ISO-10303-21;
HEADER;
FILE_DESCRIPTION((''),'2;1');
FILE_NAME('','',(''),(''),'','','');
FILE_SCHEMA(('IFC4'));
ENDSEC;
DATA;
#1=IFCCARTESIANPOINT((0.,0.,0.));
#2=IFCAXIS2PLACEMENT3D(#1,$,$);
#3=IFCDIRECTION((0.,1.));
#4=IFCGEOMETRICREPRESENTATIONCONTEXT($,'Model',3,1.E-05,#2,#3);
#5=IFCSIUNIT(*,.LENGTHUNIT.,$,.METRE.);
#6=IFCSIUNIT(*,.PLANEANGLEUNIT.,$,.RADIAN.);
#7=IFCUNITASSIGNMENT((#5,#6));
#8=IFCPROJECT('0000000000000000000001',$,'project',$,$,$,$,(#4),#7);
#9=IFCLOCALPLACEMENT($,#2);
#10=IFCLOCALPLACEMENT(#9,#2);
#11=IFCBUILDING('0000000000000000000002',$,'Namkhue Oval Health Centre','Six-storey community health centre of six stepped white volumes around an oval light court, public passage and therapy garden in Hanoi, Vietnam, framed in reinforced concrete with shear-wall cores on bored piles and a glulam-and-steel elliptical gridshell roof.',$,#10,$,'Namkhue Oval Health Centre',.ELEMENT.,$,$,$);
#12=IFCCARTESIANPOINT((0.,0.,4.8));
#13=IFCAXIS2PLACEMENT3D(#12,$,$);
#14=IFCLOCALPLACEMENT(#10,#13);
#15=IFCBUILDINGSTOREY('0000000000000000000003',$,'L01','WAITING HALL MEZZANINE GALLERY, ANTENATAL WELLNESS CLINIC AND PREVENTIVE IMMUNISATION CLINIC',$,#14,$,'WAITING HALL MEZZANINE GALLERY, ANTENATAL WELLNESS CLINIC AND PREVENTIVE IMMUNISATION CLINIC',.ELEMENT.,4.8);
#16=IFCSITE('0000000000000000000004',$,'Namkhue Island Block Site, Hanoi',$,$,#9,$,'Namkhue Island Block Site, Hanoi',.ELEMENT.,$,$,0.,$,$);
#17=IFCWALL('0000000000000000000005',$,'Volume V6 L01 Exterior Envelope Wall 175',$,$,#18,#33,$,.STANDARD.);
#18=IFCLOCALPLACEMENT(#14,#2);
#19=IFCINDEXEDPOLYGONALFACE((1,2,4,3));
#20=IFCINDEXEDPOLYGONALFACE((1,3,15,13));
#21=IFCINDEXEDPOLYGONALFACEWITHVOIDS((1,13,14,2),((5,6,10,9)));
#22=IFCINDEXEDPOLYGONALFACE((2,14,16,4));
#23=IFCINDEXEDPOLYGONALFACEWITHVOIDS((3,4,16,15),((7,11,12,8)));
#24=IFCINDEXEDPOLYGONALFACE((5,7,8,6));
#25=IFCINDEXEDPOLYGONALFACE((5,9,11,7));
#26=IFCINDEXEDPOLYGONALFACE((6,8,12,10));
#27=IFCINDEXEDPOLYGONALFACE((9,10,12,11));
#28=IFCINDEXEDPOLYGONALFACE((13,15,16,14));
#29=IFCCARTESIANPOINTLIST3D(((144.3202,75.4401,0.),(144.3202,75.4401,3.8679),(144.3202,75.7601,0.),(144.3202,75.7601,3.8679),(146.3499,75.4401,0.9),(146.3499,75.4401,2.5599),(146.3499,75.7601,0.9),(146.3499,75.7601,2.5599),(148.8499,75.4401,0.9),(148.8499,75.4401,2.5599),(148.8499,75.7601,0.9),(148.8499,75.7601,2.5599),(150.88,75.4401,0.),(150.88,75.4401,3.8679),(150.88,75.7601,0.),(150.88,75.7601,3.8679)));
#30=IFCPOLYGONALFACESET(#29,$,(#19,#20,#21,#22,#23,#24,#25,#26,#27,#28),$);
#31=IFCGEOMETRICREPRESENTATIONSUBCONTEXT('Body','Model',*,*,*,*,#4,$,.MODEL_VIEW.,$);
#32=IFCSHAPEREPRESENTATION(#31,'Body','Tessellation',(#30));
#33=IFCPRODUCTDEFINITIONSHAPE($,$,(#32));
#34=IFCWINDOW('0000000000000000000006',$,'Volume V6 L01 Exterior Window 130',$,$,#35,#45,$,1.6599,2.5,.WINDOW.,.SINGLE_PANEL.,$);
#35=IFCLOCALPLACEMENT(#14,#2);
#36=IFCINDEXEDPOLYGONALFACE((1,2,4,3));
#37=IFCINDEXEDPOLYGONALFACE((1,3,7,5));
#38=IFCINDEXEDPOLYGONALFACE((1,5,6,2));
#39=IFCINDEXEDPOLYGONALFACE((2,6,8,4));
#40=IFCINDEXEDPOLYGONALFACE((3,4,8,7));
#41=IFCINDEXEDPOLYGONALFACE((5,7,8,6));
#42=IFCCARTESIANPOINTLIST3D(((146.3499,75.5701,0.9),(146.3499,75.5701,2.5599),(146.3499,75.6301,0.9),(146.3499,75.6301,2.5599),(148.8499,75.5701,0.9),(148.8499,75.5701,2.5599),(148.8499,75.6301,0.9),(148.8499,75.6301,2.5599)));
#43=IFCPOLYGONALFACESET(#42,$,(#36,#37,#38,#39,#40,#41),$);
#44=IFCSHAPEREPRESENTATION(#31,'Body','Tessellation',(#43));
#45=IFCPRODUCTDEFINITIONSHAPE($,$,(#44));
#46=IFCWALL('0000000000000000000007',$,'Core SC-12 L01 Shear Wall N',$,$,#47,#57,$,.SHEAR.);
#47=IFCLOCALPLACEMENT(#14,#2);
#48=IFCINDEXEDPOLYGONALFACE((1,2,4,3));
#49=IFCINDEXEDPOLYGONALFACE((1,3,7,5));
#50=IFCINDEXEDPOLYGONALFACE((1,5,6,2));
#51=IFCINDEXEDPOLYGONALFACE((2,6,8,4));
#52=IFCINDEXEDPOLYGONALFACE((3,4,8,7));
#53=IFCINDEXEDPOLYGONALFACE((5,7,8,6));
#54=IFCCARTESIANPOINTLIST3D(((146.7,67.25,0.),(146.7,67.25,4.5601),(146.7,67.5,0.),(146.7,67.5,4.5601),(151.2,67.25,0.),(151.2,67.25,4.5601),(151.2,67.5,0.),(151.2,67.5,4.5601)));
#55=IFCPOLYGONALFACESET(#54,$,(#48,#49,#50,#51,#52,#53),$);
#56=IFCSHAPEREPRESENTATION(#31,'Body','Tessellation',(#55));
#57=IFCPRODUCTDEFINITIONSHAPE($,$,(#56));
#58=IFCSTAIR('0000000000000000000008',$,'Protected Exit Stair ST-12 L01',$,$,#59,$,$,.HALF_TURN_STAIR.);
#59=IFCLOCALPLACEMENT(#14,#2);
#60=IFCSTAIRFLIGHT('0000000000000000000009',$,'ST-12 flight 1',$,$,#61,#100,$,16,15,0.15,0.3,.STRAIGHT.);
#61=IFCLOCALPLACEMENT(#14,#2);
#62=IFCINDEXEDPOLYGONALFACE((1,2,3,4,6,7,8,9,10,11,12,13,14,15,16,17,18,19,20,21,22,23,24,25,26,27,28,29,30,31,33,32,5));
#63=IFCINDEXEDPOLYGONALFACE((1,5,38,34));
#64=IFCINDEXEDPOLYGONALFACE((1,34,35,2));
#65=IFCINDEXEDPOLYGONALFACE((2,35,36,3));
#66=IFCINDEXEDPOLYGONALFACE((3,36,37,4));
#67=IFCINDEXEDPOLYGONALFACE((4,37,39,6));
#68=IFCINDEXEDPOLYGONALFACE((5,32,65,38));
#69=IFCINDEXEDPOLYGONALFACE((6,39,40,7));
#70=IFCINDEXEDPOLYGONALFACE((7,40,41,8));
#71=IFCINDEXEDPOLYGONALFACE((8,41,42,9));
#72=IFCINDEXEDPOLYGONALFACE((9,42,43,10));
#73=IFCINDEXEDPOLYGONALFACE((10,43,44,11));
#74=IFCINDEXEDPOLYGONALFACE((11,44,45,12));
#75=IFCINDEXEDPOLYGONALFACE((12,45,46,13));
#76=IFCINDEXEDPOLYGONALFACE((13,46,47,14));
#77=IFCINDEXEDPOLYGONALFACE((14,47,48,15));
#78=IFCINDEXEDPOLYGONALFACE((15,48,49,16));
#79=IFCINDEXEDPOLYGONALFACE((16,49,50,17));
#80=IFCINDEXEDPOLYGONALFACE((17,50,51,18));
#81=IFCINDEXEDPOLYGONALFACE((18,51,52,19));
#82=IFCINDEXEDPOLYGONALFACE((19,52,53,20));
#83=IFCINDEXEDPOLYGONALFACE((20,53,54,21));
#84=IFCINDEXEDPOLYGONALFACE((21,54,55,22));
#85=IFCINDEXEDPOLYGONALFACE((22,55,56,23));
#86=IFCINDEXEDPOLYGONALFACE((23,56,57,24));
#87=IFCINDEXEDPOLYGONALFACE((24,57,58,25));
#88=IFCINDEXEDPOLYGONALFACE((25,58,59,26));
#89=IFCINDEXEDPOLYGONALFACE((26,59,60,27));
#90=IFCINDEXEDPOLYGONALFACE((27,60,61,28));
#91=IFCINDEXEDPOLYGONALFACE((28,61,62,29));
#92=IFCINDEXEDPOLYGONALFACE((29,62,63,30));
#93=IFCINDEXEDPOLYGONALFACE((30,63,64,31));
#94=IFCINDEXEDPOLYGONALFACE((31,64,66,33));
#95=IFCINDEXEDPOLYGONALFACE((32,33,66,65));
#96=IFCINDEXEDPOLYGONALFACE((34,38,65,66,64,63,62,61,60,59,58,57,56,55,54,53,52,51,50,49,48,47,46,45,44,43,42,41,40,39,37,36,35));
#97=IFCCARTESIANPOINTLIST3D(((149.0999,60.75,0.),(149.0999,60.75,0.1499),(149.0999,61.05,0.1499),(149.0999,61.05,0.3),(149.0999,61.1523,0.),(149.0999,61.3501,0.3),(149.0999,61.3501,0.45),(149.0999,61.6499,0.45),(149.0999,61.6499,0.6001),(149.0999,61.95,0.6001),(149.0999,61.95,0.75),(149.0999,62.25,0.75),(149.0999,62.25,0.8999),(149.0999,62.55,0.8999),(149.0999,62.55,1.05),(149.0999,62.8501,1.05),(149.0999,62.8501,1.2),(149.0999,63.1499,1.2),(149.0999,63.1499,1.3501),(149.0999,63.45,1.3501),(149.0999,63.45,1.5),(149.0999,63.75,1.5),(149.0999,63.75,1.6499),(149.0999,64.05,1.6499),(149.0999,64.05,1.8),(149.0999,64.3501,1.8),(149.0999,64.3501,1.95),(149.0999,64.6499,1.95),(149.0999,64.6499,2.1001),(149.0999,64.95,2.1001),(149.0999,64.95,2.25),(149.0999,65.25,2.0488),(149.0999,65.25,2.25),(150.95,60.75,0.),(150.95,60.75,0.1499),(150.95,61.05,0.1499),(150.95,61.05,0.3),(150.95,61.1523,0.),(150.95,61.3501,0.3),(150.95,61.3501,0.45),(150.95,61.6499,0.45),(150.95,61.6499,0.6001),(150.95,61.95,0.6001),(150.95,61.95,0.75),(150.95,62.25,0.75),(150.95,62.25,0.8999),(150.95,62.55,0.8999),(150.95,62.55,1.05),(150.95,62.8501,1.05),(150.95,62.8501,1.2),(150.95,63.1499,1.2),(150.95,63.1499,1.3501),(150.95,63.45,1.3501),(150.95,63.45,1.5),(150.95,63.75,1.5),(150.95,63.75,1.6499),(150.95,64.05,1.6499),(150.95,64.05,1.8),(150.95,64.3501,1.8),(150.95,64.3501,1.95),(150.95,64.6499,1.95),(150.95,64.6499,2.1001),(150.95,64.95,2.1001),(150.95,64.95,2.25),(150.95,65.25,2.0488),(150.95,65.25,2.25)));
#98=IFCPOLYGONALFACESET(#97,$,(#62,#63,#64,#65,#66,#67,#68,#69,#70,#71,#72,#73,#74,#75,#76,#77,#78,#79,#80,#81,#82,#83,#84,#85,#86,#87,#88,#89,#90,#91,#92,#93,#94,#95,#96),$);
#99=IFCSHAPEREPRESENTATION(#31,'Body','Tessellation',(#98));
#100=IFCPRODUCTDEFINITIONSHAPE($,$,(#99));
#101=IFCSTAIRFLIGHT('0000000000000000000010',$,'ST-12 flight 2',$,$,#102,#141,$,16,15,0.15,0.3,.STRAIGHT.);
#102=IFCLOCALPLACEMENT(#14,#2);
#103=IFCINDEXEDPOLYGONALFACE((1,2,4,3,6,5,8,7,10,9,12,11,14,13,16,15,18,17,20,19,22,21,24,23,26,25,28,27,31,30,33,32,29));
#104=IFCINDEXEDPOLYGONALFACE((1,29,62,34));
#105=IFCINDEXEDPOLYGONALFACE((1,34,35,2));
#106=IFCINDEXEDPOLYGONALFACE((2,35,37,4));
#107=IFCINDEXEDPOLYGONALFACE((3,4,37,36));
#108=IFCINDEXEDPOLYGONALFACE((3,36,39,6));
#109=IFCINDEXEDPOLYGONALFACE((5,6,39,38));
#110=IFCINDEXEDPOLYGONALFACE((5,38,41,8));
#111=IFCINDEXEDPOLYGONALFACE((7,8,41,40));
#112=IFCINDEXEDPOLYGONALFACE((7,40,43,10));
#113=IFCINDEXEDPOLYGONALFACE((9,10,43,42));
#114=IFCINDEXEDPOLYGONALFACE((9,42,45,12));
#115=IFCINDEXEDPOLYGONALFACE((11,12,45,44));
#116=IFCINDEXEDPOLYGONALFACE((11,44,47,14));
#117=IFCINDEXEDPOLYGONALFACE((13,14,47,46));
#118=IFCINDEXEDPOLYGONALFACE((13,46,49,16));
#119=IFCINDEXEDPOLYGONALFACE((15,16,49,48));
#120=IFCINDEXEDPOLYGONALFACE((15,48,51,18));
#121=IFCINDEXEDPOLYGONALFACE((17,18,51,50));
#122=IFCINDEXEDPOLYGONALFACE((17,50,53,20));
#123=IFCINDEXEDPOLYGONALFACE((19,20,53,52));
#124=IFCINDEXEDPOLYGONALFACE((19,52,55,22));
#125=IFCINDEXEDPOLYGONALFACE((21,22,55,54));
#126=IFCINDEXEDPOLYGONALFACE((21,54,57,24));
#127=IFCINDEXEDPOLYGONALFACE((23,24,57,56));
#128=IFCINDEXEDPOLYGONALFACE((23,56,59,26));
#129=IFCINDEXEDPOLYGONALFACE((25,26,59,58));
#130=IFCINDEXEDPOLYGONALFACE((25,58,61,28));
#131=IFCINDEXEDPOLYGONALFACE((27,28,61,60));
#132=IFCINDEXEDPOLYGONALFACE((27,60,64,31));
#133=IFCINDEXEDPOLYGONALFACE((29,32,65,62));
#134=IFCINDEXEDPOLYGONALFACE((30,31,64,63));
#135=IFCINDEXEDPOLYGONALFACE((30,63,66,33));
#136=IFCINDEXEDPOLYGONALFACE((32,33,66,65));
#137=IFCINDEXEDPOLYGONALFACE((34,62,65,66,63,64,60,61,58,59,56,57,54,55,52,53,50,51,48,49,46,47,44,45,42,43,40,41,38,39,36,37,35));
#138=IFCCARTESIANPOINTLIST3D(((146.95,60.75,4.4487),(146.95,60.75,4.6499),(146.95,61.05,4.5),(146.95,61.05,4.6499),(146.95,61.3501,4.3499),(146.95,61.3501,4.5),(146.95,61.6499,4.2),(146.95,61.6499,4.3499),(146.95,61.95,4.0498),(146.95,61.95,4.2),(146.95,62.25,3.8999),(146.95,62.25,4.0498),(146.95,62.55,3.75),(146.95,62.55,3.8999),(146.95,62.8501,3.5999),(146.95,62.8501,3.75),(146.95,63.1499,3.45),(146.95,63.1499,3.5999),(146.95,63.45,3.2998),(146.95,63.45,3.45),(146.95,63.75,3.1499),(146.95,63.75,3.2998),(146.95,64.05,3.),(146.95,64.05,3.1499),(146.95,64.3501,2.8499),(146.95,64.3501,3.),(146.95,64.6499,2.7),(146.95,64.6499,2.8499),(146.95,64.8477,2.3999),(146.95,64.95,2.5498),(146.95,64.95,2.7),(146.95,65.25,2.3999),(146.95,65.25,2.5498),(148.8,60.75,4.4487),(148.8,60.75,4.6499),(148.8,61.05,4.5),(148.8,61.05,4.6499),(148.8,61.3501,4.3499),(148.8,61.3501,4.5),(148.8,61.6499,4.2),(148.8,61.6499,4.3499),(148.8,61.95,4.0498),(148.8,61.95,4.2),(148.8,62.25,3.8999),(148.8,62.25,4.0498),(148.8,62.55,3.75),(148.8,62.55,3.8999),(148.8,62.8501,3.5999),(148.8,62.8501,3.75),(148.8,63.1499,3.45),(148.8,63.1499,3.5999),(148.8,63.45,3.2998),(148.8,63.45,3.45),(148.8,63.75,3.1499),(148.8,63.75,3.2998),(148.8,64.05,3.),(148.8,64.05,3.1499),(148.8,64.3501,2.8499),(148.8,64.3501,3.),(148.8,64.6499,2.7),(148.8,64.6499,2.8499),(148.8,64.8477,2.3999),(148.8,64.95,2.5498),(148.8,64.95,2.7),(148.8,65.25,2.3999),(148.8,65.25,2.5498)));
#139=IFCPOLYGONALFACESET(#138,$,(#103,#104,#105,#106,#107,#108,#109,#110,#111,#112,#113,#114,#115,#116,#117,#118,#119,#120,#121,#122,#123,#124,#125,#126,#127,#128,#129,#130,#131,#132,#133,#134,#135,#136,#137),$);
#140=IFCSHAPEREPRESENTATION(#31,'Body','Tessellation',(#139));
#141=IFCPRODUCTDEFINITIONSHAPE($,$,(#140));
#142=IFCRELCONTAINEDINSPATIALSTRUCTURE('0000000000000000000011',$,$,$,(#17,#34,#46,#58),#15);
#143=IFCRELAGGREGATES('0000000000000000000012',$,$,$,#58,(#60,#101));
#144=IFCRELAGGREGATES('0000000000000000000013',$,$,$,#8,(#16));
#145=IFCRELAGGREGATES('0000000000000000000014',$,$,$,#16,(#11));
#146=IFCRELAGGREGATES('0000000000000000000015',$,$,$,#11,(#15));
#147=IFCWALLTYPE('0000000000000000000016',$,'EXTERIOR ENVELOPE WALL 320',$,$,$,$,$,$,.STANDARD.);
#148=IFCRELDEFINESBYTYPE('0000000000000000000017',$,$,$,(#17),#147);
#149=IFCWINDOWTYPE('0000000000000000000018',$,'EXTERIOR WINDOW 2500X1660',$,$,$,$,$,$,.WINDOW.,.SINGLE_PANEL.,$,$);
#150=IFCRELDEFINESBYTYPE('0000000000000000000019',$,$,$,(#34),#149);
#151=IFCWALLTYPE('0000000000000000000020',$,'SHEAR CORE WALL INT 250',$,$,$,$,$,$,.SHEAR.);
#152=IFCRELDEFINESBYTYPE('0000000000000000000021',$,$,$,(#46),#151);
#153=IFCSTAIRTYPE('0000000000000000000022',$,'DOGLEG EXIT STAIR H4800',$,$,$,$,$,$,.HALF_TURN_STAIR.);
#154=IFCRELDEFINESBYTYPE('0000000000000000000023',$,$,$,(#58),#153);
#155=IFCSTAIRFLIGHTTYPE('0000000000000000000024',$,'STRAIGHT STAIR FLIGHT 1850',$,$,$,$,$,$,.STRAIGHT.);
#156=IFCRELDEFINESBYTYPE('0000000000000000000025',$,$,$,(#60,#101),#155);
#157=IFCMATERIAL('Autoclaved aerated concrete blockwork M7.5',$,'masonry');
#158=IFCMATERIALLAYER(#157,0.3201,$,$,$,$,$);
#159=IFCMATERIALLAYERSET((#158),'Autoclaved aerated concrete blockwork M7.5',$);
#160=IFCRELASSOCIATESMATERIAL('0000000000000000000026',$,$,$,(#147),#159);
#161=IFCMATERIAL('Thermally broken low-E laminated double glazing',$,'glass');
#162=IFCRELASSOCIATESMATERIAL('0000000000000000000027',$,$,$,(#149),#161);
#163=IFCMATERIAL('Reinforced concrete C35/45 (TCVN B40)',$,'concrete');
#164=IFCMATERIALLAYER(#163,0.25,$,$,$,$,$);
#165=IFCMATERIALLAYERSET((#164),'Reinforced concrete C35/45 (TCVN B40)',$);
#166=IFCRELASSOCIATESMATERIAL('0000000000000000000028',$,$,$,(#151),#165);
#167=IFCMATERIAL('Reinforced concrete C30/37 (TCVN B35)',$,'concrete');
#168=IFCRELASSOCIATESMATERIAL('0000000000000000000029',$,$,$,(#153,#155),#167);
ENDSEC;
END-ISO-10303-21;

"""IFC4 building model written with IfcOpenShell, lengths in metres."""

from ifc_helpers import new_model, si_unit, direction, frame, frame_2d, origin, place, context, subcontext, project, spatial, polyline, rectangle, outline, extrude, material, layer, layer_set, type_object, element, fill, aggregate, save


model = new_model("IFC4")

# Units and contexts
model_context = context("Model", 3, precision=1e-05, world=origin(), true_north=direction((0.0, 1.0)))
body_context = subcontext(model_context, "Body", "Model", "MODEL_VIEW")
ifc_project = project(units=[si_unit("LENGTHUNIT", "METRE"), si_unit("PLANEANGLEUNIT", "RADIAN")], contexts=[model_context])

# Site, building, storey
site_placement = place(None, origin())
site = spatial("IfcSite", under=ifc_project, at=site_placement, Name="Namkhue Island Block Site, Hanoi", LongName="Namkhue Island Block Site, Hanoi", CompositionType="ELEMENT", RefElevation=0.0)
building_placement = place(site_placement, origin())
building = spatial("IfcBuilding", under=site, at=building_placement, Name="Namkhue Oval Health Centre", Description="Six-storey community health centre of six stepped white volumes around an oval light court, public passage and therapy garden in Hanoi, Vietnam, framed in reinforced concrete with shear-wall cores on bored piles and a glulam-and-steel elliptical gridshell roof.", LongName="Namkhue Oval Health Centre", CompositionType="ELEMENT")
storey_placement = place(building_placement, frame((0.0, 0.0, 4.8)))
storey = spatial("IfcBuildingStorey", under=building, at=storey_placement, Name="L01", Description="WAITING HALL MEZZANINE GALLERY, ANTENATAL WELLNESS CLINIC AND PREVENTIVE IMMUNISATION CLINIC", LongName="WAITING HALL MEZZANINE GALLERY, ANTENATAL WELLNESS CLINIC AND PREVENTIVE IMMUNISATION CLINIC", CompositionType="ELEMENT", Elevation=4.8)

# Shared definitions
ifc_material_1 = material(Name="Reinforced concrete C35/45 (TCVN B40)", Category="concrete")

# Wall, opening, window
ifc_material_2 = material(Name="Autoclaved aerated concrete blockwork M7.5", Category="masonry")
ifc_material_3 = material(Name="Thermally broken low-E laminated double glazing", Category="glass")
ifc_layer_1 = layer(ifc_material_2, 0.3201)
ifc_layer_set_1 = layer_set([ifc_layer_1], Name="Autoclaved aerated concrete blockwork M7.5")
wall_type_1 = type_object("IfcWallType", Name="EXTERIOR ENVELOPE WALL 320", PredefinedType="STANDARD", material=ifc_layer_set_1)
wall_1_placement = place(storey_placement, frame((150.8799, 75.6001, 0.0), z_axis=(0.0, 0.0, 1.0), x_axis=(-1.0, 0.0, 0.0)))
wall_1 = element("IfcWall", 1, at=wall_1_placement, inside=storey, type_object=wall_type_1, Name="Volume V6 L01 Exterior Envelope Wall 175", PredefinedType="STANDARD", context=body_context, shape_type="SweptSolid", body=[
    extrude(rectangle(XDim=6.5598, YDim=0.3201, at=frame_2d((3.2798, 0.0))), origin(), (0.0, 0.0, 1.0), 3.8679),
])
opening_1_placement = place(wall_1_placement, frame((2.03, 0.0, 0.8999)))
opening_1 = element("IfcOpeningElement", 2, at=opening_1_placement, cuts=wall_1, PredefinedType="OPENING", context=body_context, shape_type="SweptSolid", body=[
    extrude(rectangle(XDim=2.5, YDim=1.6599, at=frame_2d((1.25, 0.8301))), frame((0.0, 0.1699, 0.0), z_axis=(0.0, -1.0, 0.0), x_axis=(1.0, 0.0, 0.0)), (0.0, 0.0, 1.0), 0.3401),
])
window_type_1 = type_object("IfcWindowType", Name="EXTERIOR WINDOW 2500X1660", PartitioningType="SINGLE_PANEL", PredefinedType="WINDOW", material=ifc_material_3)
window_1_placement = place(opening_1_placement, origin())
window_1 = element("IfcWindow", 3, at=window_1_placement, inside=storey, type_object=window_type_1, Name="Volume V6 L01 Exterior Window 130", OverallHeight=1.6599, OverallWidth=2.5, PartitioningType="SINGLE_PANEL", PredefinedType="WINDOW", context=body_context, shape_type="SweptSolid", body=[
    extrude(rectangle(XDim=2.5, YDim=1.6599, at=frame_2d((1.25, 0.8301))), frame((0.0, 0.03, 0.0), z_axis=(0.0, -1.0, 0.0), x_axis=(1.0, 0.0, 0.0)), (0.0, 0.0, 1.0), 0.0601),
])
fill(opening_1, window_1)

# Wall
ifc_layer_2 = layer(ifc_material_1, 0.25)
ifc_layer_set_2 = layer_set([ifc_layer_2], Name="Reinforced concrete C35/45 (TCVN B40)")
wall_type_2 = type_object("IfcWallType", Name="SHEAR CORE WALL INT 250", PredefinedType="SHEAR", material=ifc_layer_set_2)
wall_2_placement = place(storey_placement, frame((151.2, 67.375, 0.0), z_axis=(0.0, 0.0, 1.0), x_axis=(-1.0, 0.0, 0.0)))
element("IfcWall", 4, at=wall_2_placement, inside=storey, type_object=wall_type_2, Name="Core SC-12 L01 Shear Wall N", PredefinedType="SHEAR", context=body_context, shape_type="SweptSolid", body=[
    extrude(rectangle(XDim=4.5, YDim=0.25, at=frame_2d((2.25, 0.0))), origin(), (0.0, 0.0, 1.0), 4.5601),
])

# Stair, stair flights
ifc_material_4 = material(Name="Reinforced concrete C30/37 (TCVN B35)", Category="concrete")
stair_type = type_object("IfcStairType", Name="DOGLEG EXIT STAIR H4800", PredefinedType="HALF_TURN_STAIR", material=ifc_material_4)
stair_placement = place(storey_placement, origin())
stair = element("IfcStair", 5, at=stair_placement, inside=storey, type_object=stair_type, Name="Protected Exit Stair ST-12 L01", PredefinedType="HALF_TURN_STAIR")
stair_flight_type = type_object("IfcStairFlightType", Name="STRAIGHT STAIR FLIGHT 1850", PredefinedType="STRAIGHT", material=ifc_material_4)
stair_flight_1_placement = place(storey_placement, frame((150.0249, 60.75, 0.0), z_axis=(0.0, 0.0, 1.0), x_axis=(0.0, 1.0, 0.0)))
stair_flight_1 = element("IfcStairFlight", 6, at=stair_flight_1_placement, type_object=stair_flight_type, Name="ST-12 flight 1", NumberOfRisers=16, NumberOfTreads=15, PredefinedType="STRAIGHT", RiserHeight=0.15, TreadLength=0.3, context=body_context, shape_type="SweptSolid", body=[
    extrude(outline(polyline([(0.0, 0.0), (0.0, 0.1499), (0.3, 0.1499), (0.3, 0.3), (0.6001, 0.3), (0.6001, 0.45), (0.8999, 0.45), (0.8999, 0.6001), (1.2, 0.6001), (1.2, 0.75), (1.5, 0.75), (1.5, 0.8999), (1.8, 0.8999), (1.8, 1.05), (2.1001, 1.05), (2.1001, 1.2), (2.3999, 1.2), (2.3999, 1.3501), (2.7, 1.3501), (2.7, 1.5), (3.0, 1.5), (3.0, 1.6499), (3.3, 1.6499), (3.3, 1.8), (3.6001, 1.8), (3.6001, 1.95), (3.8999, 1.95), (3.8999, 2.1001), (4.2, 2.1001), (4.2, 2.25), (4.5, 2.25), (4.5, 2.3999), (4.5, 2.0488), (0.4023, 0.0), (0.0, 0.0)])), frame((0.0, 0.925, 0.0), z_axis=(0.0, -1.0, 0.0), x_axis=(1.0, 0.0, 0.0)), (0.0, 0.0, 1.0), 1.8501),
])
stair_flight_2_placement = place(storey_placement, frame((147.875, 65.25, 2.3999), z_axis=(0.0, 0.0, 1.0), x_axis=(0.0, -1.0, 0.0)))
stair_flight_2 = element("IfcStairFlight", 7, at=stair_flight_2_placement, type_object=stair_flight_type, Name="ST-12 flight 2", NumberOfRisers=16, NumberOfTreads=15, PredefinedType="STRAIGHT", RiserHeight=0.15, TreadLength=0.3, context=body_context, shape_type="SweptSolid", body=[
    extrude(outline(polyline([(0.0, 0.0), (0.0, 0.1499), (0.3, 0.1499), (0.3, 0.3), (0.6001, 0.3), (0.6001, 0.45), (0.8999, 0.45), (0.8999, 0.6001), (1.2, 0.6001), (1.2, 0.75), (1.5, 0.75), (1.5, 0.8999), (1.8, 0.8999), (1.8, 1.05), (2.1001, 1.05), (2.1001, 1.2), (2.3999, 1.2), (2.3999, 1.3501), (2.7, 1.3501), (2.7, 1.5), (3.0, 1.5), (3.0, 1.6499), (3.3, 1.6499), (3.3, 1.8), (3.6001, 1.8), (3.6001, 1.95), (3.8999, 1.95), (3.8999, 2.1001), (4.2, 2.1001), (4.2, 2.25), (4.5, 2.25), (4.5, 2.3999), (4.5, 2.0488), (0.4023, 0.0), (0.0, 0.0)])), frame((0.0, 0.925, 0.0), z_axis=(0.0, -1.0, 0.0), x_axis=(1.0, 0.0, 0.0)), (0.0, 0.0, 1.0), 1.8501),
])
aggregate(stair, [stair_flight_1, stair_flight_2])

save(model, "model.ifc")
